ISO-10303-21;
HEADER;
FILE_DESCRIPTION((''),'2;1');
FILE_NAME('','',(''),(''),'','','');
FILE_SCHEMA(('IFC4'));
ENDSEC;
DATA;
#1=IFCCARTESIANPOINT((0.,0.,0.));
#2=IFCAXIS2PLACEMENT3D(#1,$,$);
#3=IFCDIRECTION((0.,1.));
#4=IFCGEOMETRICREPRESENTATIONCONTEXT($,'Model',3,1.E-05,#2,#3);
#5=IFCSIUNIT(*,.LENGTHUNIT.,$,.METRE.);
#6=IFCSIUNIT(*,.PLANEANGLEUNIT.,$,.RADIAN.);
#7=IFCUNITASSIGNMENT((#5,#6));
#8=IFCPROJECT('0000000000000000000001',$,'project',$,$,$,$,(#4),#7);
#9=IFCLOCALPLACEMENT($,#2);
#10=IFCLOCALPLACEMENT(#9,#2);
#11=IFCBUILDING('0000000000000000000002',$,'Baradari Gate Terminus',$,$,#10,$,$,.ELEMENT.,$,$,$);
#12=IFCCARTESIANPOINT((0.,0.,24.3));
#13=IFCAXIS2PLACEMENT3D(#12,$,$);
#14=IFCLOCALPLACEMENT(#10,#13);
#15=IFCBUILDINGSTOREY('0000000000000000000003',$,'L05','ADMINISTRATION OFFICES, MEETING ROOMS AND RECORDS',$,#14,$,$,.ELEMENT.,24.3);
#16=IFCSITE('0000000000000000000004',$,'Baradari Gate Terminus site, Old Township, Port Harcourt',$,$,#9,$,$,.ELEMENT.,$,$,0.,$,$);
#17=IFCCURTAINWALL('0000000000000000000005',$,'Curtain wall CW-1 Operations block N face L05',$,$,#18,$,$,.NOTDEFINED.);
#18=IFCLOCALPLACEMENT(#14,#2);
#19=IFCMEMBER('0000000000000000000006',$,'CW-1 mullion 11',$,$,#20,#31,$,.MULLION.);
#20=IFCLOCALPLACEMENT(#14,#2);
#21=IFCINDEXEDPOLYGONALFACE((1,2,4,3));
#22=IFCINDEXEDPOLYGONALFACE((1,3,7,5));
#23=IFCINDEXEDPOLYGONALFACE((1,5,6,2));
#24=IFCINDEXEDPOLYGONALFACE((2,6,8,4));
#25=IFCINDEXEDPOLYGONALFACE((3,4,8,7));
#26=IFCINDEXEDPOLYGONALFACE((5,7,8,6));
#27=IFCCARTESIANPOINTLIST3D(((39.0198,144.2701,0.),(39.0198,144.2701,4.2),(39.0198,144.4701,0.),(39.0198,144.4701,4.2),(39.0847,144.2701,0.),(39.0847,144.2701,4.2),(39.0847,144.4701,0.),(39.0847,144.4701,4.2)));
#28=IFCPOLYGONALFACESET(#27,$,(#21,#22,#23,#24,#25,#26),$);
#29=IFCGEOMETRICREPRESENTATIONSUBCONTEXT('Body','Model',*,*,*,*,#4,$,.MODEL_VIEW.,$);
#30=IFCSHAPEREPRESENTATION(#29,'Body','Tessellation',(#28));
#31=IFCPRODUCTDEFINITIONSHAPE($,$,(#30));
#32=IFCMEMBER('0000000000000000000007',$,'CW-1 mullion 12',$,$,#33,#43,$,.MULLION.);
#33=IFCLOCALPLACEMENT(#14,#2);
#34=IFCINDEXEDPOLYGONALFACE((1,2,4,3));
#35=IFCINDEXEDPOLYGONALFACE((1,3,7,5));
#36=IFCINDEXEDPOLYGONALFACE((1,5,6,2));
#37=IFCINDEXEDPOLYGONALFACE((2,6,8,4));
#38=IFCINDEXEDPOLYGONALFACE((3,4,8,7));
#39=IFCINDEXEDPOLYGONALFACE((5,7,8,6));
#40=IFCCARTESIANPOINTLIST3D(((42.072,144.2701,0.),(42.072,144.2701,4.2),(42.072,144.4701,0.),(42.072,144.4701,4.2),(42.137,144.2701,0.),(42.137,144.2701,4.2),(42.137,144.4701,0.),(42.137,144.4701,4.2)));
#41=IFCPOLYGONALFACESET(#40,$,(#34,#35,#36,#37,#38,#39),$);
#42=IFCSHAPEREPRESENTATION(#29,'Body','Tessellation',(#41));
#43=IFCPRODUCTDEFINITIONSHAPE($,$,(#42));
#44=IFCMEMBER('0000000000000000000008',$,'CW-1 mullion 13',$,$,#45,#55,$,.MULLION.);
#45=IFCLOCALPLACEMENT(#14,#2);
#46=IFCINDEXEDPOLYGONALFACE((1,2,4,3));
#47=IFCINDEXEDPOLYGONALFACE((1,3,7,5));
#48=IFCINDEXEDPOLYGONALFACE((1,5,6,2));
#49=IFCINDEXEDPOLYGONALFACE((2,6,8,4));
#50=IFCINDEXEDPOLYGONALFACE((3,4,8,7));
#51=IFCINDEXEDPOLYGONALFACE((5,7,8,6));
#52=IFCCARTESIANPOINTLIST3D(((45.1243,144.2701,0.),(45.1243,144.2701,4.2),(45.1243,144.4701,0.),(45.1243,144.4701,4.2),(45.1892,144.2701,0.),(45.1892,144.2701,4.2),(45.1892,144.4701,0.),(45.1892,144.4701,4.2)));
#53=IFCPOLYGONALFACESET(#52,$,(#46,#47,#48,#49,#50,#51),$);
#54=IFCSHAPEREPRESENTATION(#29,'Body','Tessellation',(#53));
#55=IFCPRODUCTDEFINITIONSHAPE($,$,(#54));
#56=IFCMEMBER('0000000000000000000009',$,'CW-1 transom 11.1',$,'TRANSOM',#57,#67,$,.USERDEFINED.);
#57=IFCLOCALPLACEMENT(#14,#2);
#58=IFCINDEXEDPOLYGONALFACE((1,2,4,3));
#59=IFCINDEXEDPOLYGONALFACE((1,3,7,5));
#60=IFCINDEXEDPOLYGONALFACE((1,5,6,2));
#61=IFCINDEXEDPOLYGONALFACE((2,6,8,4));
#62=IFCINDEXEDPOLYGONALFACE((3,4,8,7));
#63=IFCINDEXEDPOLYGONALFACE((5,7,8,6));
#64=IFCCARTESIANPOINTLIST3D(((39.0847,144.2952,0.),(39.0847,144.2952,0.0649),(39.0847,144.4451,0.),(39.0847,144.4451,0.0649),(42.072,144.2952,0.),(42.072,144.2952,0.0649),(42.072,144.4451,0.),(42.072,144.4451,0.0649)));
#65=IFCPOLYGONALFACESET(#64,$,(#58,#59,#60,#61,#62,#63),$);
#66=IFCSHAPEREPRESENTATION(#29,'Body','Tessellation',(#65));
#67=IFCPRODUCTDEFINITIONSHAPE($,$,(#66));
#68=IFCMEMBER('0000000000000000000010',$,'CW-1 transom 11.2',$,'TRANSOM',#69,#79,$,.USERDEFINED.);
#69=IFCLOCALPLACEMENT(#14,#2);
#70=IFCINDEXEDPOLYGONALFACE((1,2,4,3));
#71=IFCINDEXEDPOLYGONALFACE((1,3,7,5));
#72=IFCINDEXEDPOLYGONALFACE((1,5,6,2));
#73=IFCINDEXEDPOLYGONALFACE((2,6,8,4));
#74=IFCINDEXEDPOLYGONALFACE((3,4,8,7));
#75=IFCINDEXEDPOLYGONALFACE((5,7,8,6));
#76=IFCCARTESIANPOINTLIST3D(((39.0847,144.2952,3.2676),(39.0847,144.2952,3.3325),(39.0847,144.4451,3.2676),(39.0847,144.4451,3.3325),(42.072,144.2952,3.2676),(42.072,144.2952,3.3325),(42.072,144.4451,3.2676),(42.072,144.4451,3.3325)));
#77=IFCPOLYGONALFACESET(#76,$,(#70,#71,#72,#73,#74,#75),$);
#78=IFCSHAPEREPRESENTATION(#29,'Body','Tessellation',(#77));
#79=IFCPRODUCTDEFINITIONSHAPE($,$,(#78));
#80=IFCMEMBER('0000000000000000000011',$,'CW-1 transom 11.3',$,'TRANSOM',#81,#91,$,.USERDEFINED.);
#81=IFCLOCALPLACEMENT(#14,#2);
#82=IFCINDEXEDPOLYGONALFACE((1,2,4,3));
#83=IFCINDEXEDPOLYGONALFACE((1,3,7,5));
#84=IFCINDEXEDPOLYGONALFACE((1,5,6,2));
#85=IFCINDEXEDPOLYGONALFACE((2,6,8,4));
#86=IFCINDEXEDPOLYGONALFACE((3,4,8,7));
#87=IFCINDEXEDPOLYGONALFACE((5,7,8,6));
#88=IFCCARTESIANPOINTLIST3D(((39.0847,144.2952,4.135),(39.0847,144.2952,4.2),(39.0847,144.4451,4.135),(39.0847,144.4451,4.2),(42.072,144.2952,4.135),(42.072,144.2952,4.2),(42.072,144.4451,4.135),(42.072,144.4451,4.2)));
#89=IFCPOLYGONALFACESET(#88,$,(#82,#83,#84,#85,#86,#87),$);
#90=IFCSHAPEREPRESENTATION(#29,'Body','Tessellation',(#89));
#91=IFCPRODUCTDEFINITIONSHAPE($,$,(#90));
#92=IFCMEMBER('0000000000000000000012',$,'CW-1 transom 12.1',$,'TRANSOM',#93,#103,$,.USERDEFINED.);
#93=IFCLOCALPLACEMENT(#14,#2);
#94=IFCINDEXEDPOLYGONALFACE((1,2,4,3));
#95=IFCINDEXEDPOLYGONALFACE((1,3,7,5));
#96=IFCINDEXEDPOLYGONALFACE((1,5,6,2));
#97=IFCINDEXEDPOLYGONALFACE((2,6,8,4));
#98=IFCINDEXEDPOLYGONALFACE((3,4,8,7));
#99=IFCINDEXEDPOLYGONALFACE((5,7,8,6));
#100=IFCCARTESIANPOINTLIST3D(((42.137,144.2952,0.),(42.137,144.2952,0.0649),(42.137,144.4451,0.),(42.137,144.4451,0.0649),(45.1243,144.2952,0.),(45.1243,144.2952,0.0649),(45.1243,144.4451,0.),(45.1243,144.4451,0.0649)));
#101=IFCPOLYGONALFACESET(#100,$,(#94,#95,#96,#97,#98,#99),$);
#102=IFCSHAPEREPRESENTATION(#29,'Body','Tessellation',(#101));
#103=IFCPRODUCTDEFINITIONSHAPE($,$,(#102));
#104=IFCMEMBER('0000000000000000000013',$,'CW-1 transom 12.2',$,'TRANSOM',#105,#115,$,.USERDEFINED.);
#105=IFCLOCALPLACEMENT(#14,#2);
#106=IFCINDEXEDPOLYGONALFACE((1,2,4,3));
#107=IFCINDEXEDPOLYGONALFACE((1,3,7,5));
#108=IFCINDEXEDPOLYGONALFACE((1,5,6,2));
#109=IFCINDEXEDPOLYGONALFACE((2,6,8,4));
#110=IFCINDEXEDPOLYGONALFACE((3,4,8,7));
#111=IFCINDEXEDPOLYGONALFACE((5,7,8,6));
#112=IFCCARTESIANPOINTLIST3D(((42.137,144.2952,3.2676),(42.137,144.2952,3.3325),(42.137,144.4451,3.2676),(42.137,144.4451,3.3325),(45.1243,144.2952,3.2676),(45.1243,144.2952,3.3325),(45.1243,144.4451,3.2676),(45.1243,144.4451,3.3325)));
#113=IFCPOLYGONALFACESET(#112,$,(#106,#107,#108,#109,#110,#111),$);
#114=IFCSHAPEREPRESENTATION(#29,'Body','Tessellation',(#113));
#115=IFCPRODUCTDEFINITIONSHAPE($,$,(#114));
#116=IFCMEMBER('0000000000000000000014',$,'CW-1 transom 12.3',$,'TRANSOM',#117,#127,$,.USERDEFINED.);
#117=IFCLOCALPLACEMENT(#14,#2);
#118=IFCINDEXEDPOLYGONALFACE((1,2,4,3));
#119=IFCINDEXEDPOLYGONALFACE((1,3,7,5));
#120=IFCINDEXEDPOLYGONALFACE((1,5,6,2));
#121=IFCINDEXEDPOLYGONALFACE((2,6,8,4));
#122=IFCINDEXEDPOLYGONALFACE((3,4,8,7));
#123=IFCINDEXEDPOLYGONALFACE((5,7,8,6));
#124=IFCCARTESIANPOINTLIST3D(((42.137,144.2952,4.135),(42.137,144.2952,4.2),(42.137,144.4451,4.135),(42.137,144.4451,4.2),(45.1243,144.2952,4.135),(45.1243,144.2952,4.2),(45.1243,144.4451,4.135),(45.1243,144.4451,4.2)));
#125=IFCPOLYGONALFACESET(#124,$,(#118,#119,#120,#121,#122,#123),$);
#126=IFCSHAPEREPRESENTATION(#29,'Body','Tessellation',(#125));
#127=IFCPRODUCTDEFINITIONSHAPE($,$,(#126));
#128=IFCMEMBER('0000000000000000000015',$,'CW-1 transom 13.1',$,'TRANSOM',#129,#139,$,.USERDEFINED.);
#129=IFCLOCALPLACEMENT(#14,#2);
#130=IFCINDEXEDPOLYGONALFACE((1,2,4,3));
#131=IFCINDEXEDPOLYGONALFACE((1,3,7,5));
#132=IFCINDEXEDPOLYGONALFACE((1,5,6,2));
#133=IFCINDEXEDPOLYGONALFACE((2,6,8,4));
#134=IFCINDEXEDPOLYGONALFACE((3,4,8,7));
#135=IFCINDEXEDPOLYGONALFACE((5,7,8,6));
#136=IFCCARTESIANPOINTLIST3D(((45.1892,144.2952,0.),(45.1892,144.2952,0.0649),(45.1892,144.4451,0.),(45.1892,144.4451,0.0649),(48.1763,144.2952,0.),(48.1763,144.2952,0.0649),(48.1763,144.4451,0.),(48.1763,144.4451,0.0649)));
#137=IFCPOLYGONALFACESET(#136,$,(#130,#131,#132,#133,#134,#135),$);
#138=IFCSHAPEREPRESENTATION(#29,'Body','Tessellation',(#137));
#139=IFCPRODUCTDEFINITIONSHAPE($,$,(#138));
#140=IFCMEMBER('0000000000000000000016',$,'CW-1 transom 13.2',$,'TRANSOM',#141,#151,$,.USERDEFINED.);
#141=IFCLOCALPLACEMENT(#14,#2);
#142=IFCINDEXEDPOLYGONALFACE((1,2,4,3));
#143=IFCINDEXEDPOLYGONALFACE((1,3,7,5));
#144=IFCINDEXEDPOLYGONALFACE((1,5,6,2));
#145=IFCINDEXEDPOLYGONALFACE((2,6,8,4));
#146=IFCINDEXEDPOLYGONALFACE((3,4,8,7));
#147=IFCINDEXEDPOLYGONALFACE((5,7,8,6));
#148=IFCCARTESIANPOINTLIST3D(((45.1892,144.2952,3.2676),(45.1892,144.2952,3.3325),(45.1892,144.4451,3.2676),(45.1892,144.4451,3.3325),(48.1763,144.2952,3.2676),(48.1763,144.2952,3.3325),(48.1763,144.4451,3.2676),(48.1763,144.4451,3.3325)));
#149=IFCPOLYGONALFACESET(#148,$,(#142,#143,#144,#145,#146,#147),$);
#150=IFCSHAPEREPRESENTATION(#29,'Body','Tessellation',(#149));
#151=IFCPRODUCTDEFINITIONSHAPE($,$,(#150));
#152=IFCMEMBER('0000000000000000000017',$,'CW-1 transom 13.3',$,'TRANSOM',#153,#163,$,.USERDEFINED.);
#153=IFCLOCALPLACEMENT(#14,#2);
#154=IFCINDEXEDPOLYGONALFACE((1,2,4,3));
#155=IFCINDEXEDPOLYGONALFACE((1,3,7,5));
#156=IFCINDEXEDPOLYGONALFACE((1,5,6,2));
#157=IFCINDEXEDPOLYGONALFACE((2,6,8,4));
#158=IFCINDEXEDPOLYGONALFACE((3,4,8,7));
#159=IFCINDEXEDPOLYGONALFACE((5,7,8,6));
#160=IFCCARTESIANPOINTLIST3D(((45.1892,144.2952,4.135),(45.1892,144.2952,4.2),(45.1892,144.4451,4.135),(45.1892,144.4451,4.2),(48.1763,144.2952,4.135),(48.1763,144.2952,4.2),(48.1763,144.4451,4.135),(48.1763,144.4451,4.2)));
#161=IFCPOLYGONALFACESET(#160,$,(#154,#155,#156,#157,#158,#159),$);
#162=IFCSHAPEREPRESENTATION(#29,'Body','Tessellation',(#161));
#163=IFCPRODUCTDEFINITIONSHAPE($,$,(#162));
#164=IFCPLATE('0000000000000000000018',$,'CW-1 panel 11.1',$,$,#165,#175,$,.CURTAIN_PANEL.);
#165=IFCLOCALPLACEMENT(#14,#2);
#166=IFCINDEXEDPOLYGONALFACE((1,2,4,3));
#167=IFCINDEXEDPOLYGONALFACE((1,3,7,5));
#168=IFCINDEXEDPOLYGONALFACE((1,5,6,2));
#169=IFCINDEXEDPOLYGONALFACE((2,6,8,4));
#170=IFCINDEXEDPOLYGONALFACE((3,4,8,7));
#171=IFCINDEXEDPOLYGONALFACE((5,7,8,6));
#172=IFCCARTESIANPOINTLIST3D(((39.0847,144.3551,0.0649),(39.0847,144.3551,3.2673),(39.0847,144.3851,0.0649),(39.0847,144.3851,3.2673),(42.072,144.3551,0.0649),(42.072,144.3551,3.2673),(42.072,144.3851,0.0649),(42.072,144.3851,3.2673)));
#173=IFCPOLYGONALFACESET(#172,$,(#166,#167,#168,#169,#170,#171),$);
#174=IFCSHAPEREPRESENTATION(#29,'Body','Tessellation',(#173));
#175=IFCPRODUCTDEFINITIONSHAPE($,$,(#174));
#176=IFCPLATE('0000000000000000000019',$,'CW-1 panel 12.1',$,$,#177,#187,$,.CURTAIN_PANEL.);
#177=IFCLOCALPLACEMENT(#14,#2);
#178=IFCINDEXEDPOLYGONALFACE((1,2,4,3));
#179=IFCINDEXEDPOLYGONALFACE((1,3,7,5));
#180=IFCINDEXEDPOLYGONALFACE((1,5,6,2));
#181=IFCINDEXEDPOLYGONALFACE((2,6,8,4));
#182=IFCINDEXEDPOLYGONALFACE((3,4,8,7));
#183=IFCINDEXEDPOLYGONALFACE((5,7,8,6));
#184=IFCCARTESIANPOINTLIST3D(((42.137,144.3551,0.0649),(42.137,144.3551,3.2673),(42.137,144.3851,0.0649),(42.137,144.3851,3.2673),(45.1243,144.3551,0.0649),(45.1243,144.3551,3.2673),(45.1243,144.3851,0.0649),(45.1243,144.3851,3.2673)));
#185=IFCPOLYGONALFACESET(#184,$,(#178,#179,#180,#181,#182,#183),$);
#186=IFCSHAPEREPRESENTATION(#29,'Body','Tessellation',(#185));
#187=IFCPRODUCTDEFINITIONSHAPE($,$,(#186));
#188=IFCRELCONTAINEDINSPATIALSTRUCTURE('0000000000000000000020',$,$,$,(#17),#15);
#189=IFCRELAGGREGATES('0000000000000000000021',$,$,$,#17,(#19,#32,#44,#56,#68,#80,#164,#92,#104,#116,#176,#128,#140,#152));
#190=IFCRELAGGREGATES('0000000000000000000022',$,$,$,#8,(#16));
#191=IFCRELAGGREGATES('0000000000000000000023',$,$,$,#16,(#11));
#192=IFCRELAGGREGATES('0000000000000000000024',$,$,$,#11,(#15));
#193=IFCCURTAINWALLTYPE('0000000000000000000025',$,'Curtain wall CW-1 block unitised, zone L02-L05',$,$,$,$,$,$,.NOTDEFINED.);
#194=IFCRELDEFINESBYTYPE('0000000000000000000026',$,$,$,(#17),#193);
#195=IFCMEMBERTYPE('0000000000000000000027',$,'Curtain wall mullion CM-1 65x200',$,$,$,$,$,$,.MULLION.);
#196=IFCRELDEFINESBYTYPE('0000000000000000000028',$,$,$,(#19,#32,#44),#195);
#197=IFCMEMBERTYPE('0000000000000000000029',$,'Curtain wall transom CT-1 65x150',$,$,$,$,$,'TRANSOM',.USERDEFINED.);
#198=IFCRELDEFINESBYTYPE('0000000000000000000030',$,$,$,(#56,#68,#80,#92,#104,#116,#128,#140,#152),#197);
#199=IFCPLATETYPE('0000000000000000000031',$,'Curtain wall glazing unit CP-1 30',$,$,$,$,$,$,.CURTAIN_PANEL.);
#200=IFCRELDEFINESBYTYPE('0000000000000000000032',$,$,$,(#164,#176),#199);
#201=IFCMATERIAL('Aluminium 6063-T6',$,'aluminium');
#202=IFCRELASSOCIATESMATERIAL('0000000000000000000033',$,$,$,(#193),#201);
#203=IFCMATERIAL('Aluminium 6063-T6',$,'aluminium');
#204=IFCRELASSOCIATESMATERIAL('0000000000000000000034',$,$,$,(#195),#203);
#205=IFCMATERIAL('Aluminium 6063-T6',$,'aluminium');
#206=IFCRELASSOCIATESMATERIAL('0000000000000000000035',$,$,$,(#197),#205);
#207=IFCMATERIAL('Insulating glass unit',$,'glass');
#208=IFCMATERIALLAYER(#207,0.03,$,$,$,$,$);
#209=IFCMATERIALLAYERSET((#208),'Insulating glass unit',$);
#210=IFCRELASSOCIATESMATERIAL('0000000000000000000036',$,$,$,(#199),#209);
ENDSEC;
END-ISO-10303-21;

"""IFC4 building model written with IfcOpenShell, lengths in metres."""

from ifc_helpers import new_model, si_unit, direction, frame, origin, origin_2d, place, context, subcontext, project, spatial, rectangle, extrude, material, layer, layer_set, material_profile, profile_set, type_object, element, aggregate, save


model = new_model("IFC4")

# Units and contexts
model_context = context("Model", 3, precision=1e-05, world=origin(), true_north=direction((0.0, 1.0)))
body_context = subcontext(model_context, "Body", "Model", "MODEL_VIEW")
ifc_project = project(units=[si_unit("LENGTHUNIT", "METRE"), si_unit("PLANEANGLEUNIT", "RADIAN")], contexts=[model_context])

# Site, building, storey
site_placement = place(None, origin())
site = spatial("IfcSite", under=ifc_project, at=site_placement, Name="Baradari Gate Terminus site, Old Township, Port Harcourt", CompositionType="ELEMENT", RefElevation=0.0)
building_placement = place(site_placement, origin())
building = spatial("IfcBuilding", under=site, at=building_placement, Name="Baradari Gate Terminus", CompositionType="ELEMENT")
storey_placement = place(building_placement, frame((0.0, 0.0, 24.3)))
storey = spatial("IfcBuildingStorey", under=building, at=storey_placement, Name="L05", Description="ADMINISTRATION OFFICES, MEETING ROOMS AND RECORDS", CompositionType="ELEMENT", Elevation=24.3)

# Curtain wall, members, plates
ifc_material_1 = material(Name="Aluminium 6063-T6", Category="aluminium")
curtain_wall_type = type_object("IfcCurtainWallType", Name="Curtain wall CW-1 block unitised, zone L02-L05", PredefinedType="NOTDEFINED", material=ifc_material_1)
curtain_wall_placement = place(storey_placement, origin())
curtain_wall = element("IfcCurtainWall", 1, at=curtain_wall_placement, inside=storey, type_object=curtain_wall_type, Name="Curtain wall CW-1 Operations block N face L05", PredefinedType="NOTDEFINED")
ifc_material_2 = material(Name="Aluminium 6063-T6", Category="aluminium")
ifc_material_profile_1 = material_profile(ifc_material_2, rectangle(XDim=0.2, YDim=0.0649, at=origin_2d()), Name="CM-1 65X200")
ifc_profile_set_1 = profile_set([ifc_material_profile_1], Name="Aluminium 6063-T6")
member_type_1 = type_object("IfcMemberType", Name="Curtain wall mullion CM-1 65x200", PredefinedType="MULLION", material=ifc_profile_set_1)
member_1_placement = place(storey_placement, frame((39.0522, 144.3701, 0.0), z_axis=(0.0, 0.0, 1.0), x_axis=(0.0, 1.0, 0.0)))
member_1 = element("IfcMember", 2, at=member_1_placement, type_object=member_type_1, Name="CW-1 mullion 11", PredefinedType="MULLION", context=body_context, shape_type="SweptSolid", body=[
    extrude(rectangle(XDim=0.2, YDim=0.0649, at=origin_2d()), origin(), (0.0, 0.0, 1.0), 4.2),
])
member_2_placement = place(storey_placement, frame((42.1045, 144.3701, 0.0), z_axis=(0.0, 0.0, 1.0), x_axis=(0.0, 1.0, 0.0)))
member_2 = element("IfcMember", 3, at=member_2_placement, type_object=member_type_1, Name="CW-1 mullion 12", PredefinedType="MULLION", context=body_context, shape_type="SweptSolid", body=[
    extrude(rectangle(XDim=0.2, YDim=0.0649, at=origin_2d()), origin(), (0.0, 0.0, 1.0), 4.2),
])
member_3_placement = place(storey_placement, frame((45.1567, 144.3701, 0.0), z_axis=(0.0, 0.0, 1.0), x_axis=(0.0, 1.0, 0.0)))
member_3 = element("IfcMember", 4, at=member_3_placement, type_object=member_type_1, Name="CW-1 mullion 13", PredefinedType="MULLION", context=body_context, shape_type="SweptSolid", body=[
    extrude(rectangle(XDim=0.2, YDim=0.0649, at=origin_2d()), origin(), (0.0, 0.0, 1.0), 4.2),
])
ifc_material_3 = material(Name="Aluminium 6063-T6", Category="aluminium")
ifc_material_profile_2 = material_profile(ifc_material_3, rectangle(XDim=0.1499, YDim=0.0649, at=origin_2d()), Name="CT-1 65X150")
ifc_profile_set_2 = profile_set([ifc_material_profile_2], Name="Aluminium 6063-T6")
member_type_2 = type_object("IfcMemberType", Name="Curtain wall transom CT-1 65x150", ElementType="TRANSOM", PredefinedType="USERDEFINED", material=ifc_profile_set_2)
member_4_placement = place(storey_placement, frame((39.0847, 144.3701, 0.0325), z_axis=(1.0, 0.0, 0.0), x_axis=(0.0, 1.0, 0.0)))
member_4 = element("IfcMember", 5, at=member_4_placement, type_object=member_type_2, Name="CW-1 transom 11.1", ObjectType="TRANSOM", PredefinedType="USERDEFINED", context=body_context, shape_type="SweptSolid", body=[
    extrude(rectangle(XDim=0.1499, YDim=0.0649, at=origin_2d()), origin(), (0.0, 0.0, 1.0), 2.9873),
])
member_5_placement = place(storey_placement, frame((39.0847, 144.3701, 3.3), z_axis=(1.0, 0.0, 0.0), x_axis=(0.0, 1.0, 0.0)))
member_5 = element("IfcMember", 6, at=member_5_placement, type_object=member_type_2, Name="CW-1 transom 11.2", ObjectType="TRANSOM", PredefinedType="USERDEFINED", context=body_context, shape_type="SweptSolid", body=[
    extrude(rectangle(XDim=0.1499, YDim=0.0649, at=origin_2d()), origin(), (0.0, 0.0, 1.0), 2.9873),
])
member_6_placement = place(storey_placement, frame((39.0847, 144.3701, 4.1675), z_axis=(1.0, 0.0, 0.0), x_axis=(0.0, 1.0, 0.0)))
member_6 = element("IfcMember", 7, at=member_6_placement, type_object=member_type_2, Name="CW-1 transom 11.3", ObjectType="TRANSOM", PredefinedType="USERDEFINED", context=body_context, shape_type="SweptSolid", body=[
    extrude(rectangle(XDim=0.1499, YDim=0.0649, at=origin_2d()), origin(), (0.0, 0.0, 1.0), 2.9873),
])
member_7_placement = place(storey_placement, frame((42.137, 144.3701, 0.0325), z_axis=(1.0, 0.0, 0.0), x_axis=(0.0, 1.0, 0.0)))
member_7 = element("IfcMember", 8, at=member_7_placement, type_object=member_type_2, Name="CW-1 transom 12.1", ObjectType="TRANSOM", PredefinedType="USERDEFINED", context=body_context, shape_type="SweptSolid", body=[
    extrude(rectangle(XDim=0.1499, YDim=0.0649, at=origin_2d()), origin(), (0.0, 0.0, 1.0), 2.9873),
])
member_8_placement = place(storey_placement, frame((42.137, 144.3701, 3.3), z_axis=(1.0, 0.0, 0.0), x_axis=(0.0, 1.0, 0.0)))
member_8 = element("IfcMember", 9, at=member_8_placement, type_object=member_type_2, Name="CW-1 transom 12.2", ObjectType="TRANSOM", PredefinedType="USERDEFINED", context=body_context, shape_type="SweptSolid", body=[
    extrude(rectangle(XDim=0.1499, YDim=0.0649, at=origin_2d()), origin(), (0.0, 0.0, 1.0), 2.9873),
])
member_9_placement = place(storey_placement, frame((42.137, 144.3701, 4.1675), z_axis=(1.0, 0.0, 0.0), x_axis=(0.0, 1.0, 0.0)))
member_9 = element("IfcMember", 10, at=member_9_placement, type_object=member_type_2, Name="CW-1 transom 12.3", ObjectType="TRANSOM", PredefinedType="USERDEFINED", context=body_context, shape_type="SweptSolid", body=[
    extrude(rectangle(XDim=0.1499, YDim=0.0649, at=origin_2d()), origin(), (0.0, 0.0, 1.0), 2.9873),
])
member_10_placement = place(storey_placement, frame((45.1892, 144.3701, 0.0325), z_axis=(1.0, 0.0, 0.0), x_axis=(0.0, 1.0, 0.0)))
member_10 = element("IfcMember", 11, at=member_10_placement, type_object=member_type_2, Name="CW-1 transom 13.1", ObjectType="TRANSOM", PredefinedType="USERDEFINED", context=body_context, shape_type="SweptSolid", body=[
    extrude(rectangle(XDim=0.1499, YDim=0.0649, at=origin_2d()), origin(), (0.0, 0.0, 1.0), 2.9871),
])
member_11_placement = place(storey_placement, frame((45.1892, 144.3701, 3.3), z_axis=(1.0, 0.0, 0.0), x_axis=(0.0, 1.0, 0.0)))
member_11 = element("IfcMember", 12, at=member_11_placement, type_object=member_type_2, Name="CW-1 transom 13.2", ObjectType="TRANSOM", PredefinedType="USERDEFINED", context=body_context, shape_type="SweptSolid", body=[
    extrude(rectangle(XDim=0.1499, YDim=0.0649, at=origin_2d()), origin(), (0.0, 0.0, 1.0), 2.9871),
])
member_12_placement = place(storey_placement, frame((45.1892, 144.3701, 4.1675), z_axis=(1.0, 0.0, 0.0), x_axis=(0.0, 1.0, 0.0)))
member_12 = element("IfcMember", 13, at=member_12_placement, type_object=member_type_2, Name="CW-1 transom 13.3", ObjectType="TRANSOM", PredefinedType="USERDEFINED", context=body_context, shape_type="SweptSolid", body=[
    extrude(rectangle(XDim=0.1499, YDim=0.0649, at=origin_2d()), origin(), (0.0, 0.0, 1.0), 2.9871),
])
ifc_material_4 = material(Name="Insulating glass unit", Category="glass")
ifc_layer_1 = layer(ifc_material_4, 0.03)
ifc_layer_set_1 = layer_set([ifc_layer_1], Name="Insulating glass unit")
plate_type_1 = type_object("IfcPlateType", Name="Curtain wall glazing unit CP-1 30", PredefinedType="CURTAIN_PANEL", material=ifc_layer_set_1)
plate_1_placement = place(storey_placement, frame((40.5784, 144.3701, 0.0649), z_axis=(0.0, 0.0, 1.0), x_axis=(1.0, 0.0, 0.0)))
plate_1 = element("IfcPlate", 14, at=plate_1_placement, type_object=plate_type_1, Name="CW-1 panel 11.1", PredefinedType="CURTAIN_PANEL", context=body_context, shape_type="SweptSolid", body=[
    extrude(rectangle(XDim=2.9873, YDim=0.03, at=origin_2d()), origin(), (0.0, 0.0, 1.0), 3.2024),
])
plate_2_placement = place(storey_placement, frame((43.6306, 144.3701, 0.0649), z_axis=(0.0, 0.0, 1.0), x_axis=(1.0, 0.0, 0.0)))
plate_2 = element("IfcPlate", 15, at=plate_2_placement, type_object=plate_type_1, Name="CW-1 panel 12.1", PredefinedType="CURTAIN_PANEL", context=body_context, shape_type="SweptSolid", body=[
    extrude(rectangle(XDim=2.9873, YDim=0.03, at=origin_2d()), origin(), (0.0, 0.0, 1.0), 3.2024),
])
aggregate(curtain_wall, [member_1, member_2, member_3, member_4, member_5, member_6, plate_1, member_7, member_8, member_9, plate_2, member_10, member_11, member_12])

save(model, "model.ifc")
